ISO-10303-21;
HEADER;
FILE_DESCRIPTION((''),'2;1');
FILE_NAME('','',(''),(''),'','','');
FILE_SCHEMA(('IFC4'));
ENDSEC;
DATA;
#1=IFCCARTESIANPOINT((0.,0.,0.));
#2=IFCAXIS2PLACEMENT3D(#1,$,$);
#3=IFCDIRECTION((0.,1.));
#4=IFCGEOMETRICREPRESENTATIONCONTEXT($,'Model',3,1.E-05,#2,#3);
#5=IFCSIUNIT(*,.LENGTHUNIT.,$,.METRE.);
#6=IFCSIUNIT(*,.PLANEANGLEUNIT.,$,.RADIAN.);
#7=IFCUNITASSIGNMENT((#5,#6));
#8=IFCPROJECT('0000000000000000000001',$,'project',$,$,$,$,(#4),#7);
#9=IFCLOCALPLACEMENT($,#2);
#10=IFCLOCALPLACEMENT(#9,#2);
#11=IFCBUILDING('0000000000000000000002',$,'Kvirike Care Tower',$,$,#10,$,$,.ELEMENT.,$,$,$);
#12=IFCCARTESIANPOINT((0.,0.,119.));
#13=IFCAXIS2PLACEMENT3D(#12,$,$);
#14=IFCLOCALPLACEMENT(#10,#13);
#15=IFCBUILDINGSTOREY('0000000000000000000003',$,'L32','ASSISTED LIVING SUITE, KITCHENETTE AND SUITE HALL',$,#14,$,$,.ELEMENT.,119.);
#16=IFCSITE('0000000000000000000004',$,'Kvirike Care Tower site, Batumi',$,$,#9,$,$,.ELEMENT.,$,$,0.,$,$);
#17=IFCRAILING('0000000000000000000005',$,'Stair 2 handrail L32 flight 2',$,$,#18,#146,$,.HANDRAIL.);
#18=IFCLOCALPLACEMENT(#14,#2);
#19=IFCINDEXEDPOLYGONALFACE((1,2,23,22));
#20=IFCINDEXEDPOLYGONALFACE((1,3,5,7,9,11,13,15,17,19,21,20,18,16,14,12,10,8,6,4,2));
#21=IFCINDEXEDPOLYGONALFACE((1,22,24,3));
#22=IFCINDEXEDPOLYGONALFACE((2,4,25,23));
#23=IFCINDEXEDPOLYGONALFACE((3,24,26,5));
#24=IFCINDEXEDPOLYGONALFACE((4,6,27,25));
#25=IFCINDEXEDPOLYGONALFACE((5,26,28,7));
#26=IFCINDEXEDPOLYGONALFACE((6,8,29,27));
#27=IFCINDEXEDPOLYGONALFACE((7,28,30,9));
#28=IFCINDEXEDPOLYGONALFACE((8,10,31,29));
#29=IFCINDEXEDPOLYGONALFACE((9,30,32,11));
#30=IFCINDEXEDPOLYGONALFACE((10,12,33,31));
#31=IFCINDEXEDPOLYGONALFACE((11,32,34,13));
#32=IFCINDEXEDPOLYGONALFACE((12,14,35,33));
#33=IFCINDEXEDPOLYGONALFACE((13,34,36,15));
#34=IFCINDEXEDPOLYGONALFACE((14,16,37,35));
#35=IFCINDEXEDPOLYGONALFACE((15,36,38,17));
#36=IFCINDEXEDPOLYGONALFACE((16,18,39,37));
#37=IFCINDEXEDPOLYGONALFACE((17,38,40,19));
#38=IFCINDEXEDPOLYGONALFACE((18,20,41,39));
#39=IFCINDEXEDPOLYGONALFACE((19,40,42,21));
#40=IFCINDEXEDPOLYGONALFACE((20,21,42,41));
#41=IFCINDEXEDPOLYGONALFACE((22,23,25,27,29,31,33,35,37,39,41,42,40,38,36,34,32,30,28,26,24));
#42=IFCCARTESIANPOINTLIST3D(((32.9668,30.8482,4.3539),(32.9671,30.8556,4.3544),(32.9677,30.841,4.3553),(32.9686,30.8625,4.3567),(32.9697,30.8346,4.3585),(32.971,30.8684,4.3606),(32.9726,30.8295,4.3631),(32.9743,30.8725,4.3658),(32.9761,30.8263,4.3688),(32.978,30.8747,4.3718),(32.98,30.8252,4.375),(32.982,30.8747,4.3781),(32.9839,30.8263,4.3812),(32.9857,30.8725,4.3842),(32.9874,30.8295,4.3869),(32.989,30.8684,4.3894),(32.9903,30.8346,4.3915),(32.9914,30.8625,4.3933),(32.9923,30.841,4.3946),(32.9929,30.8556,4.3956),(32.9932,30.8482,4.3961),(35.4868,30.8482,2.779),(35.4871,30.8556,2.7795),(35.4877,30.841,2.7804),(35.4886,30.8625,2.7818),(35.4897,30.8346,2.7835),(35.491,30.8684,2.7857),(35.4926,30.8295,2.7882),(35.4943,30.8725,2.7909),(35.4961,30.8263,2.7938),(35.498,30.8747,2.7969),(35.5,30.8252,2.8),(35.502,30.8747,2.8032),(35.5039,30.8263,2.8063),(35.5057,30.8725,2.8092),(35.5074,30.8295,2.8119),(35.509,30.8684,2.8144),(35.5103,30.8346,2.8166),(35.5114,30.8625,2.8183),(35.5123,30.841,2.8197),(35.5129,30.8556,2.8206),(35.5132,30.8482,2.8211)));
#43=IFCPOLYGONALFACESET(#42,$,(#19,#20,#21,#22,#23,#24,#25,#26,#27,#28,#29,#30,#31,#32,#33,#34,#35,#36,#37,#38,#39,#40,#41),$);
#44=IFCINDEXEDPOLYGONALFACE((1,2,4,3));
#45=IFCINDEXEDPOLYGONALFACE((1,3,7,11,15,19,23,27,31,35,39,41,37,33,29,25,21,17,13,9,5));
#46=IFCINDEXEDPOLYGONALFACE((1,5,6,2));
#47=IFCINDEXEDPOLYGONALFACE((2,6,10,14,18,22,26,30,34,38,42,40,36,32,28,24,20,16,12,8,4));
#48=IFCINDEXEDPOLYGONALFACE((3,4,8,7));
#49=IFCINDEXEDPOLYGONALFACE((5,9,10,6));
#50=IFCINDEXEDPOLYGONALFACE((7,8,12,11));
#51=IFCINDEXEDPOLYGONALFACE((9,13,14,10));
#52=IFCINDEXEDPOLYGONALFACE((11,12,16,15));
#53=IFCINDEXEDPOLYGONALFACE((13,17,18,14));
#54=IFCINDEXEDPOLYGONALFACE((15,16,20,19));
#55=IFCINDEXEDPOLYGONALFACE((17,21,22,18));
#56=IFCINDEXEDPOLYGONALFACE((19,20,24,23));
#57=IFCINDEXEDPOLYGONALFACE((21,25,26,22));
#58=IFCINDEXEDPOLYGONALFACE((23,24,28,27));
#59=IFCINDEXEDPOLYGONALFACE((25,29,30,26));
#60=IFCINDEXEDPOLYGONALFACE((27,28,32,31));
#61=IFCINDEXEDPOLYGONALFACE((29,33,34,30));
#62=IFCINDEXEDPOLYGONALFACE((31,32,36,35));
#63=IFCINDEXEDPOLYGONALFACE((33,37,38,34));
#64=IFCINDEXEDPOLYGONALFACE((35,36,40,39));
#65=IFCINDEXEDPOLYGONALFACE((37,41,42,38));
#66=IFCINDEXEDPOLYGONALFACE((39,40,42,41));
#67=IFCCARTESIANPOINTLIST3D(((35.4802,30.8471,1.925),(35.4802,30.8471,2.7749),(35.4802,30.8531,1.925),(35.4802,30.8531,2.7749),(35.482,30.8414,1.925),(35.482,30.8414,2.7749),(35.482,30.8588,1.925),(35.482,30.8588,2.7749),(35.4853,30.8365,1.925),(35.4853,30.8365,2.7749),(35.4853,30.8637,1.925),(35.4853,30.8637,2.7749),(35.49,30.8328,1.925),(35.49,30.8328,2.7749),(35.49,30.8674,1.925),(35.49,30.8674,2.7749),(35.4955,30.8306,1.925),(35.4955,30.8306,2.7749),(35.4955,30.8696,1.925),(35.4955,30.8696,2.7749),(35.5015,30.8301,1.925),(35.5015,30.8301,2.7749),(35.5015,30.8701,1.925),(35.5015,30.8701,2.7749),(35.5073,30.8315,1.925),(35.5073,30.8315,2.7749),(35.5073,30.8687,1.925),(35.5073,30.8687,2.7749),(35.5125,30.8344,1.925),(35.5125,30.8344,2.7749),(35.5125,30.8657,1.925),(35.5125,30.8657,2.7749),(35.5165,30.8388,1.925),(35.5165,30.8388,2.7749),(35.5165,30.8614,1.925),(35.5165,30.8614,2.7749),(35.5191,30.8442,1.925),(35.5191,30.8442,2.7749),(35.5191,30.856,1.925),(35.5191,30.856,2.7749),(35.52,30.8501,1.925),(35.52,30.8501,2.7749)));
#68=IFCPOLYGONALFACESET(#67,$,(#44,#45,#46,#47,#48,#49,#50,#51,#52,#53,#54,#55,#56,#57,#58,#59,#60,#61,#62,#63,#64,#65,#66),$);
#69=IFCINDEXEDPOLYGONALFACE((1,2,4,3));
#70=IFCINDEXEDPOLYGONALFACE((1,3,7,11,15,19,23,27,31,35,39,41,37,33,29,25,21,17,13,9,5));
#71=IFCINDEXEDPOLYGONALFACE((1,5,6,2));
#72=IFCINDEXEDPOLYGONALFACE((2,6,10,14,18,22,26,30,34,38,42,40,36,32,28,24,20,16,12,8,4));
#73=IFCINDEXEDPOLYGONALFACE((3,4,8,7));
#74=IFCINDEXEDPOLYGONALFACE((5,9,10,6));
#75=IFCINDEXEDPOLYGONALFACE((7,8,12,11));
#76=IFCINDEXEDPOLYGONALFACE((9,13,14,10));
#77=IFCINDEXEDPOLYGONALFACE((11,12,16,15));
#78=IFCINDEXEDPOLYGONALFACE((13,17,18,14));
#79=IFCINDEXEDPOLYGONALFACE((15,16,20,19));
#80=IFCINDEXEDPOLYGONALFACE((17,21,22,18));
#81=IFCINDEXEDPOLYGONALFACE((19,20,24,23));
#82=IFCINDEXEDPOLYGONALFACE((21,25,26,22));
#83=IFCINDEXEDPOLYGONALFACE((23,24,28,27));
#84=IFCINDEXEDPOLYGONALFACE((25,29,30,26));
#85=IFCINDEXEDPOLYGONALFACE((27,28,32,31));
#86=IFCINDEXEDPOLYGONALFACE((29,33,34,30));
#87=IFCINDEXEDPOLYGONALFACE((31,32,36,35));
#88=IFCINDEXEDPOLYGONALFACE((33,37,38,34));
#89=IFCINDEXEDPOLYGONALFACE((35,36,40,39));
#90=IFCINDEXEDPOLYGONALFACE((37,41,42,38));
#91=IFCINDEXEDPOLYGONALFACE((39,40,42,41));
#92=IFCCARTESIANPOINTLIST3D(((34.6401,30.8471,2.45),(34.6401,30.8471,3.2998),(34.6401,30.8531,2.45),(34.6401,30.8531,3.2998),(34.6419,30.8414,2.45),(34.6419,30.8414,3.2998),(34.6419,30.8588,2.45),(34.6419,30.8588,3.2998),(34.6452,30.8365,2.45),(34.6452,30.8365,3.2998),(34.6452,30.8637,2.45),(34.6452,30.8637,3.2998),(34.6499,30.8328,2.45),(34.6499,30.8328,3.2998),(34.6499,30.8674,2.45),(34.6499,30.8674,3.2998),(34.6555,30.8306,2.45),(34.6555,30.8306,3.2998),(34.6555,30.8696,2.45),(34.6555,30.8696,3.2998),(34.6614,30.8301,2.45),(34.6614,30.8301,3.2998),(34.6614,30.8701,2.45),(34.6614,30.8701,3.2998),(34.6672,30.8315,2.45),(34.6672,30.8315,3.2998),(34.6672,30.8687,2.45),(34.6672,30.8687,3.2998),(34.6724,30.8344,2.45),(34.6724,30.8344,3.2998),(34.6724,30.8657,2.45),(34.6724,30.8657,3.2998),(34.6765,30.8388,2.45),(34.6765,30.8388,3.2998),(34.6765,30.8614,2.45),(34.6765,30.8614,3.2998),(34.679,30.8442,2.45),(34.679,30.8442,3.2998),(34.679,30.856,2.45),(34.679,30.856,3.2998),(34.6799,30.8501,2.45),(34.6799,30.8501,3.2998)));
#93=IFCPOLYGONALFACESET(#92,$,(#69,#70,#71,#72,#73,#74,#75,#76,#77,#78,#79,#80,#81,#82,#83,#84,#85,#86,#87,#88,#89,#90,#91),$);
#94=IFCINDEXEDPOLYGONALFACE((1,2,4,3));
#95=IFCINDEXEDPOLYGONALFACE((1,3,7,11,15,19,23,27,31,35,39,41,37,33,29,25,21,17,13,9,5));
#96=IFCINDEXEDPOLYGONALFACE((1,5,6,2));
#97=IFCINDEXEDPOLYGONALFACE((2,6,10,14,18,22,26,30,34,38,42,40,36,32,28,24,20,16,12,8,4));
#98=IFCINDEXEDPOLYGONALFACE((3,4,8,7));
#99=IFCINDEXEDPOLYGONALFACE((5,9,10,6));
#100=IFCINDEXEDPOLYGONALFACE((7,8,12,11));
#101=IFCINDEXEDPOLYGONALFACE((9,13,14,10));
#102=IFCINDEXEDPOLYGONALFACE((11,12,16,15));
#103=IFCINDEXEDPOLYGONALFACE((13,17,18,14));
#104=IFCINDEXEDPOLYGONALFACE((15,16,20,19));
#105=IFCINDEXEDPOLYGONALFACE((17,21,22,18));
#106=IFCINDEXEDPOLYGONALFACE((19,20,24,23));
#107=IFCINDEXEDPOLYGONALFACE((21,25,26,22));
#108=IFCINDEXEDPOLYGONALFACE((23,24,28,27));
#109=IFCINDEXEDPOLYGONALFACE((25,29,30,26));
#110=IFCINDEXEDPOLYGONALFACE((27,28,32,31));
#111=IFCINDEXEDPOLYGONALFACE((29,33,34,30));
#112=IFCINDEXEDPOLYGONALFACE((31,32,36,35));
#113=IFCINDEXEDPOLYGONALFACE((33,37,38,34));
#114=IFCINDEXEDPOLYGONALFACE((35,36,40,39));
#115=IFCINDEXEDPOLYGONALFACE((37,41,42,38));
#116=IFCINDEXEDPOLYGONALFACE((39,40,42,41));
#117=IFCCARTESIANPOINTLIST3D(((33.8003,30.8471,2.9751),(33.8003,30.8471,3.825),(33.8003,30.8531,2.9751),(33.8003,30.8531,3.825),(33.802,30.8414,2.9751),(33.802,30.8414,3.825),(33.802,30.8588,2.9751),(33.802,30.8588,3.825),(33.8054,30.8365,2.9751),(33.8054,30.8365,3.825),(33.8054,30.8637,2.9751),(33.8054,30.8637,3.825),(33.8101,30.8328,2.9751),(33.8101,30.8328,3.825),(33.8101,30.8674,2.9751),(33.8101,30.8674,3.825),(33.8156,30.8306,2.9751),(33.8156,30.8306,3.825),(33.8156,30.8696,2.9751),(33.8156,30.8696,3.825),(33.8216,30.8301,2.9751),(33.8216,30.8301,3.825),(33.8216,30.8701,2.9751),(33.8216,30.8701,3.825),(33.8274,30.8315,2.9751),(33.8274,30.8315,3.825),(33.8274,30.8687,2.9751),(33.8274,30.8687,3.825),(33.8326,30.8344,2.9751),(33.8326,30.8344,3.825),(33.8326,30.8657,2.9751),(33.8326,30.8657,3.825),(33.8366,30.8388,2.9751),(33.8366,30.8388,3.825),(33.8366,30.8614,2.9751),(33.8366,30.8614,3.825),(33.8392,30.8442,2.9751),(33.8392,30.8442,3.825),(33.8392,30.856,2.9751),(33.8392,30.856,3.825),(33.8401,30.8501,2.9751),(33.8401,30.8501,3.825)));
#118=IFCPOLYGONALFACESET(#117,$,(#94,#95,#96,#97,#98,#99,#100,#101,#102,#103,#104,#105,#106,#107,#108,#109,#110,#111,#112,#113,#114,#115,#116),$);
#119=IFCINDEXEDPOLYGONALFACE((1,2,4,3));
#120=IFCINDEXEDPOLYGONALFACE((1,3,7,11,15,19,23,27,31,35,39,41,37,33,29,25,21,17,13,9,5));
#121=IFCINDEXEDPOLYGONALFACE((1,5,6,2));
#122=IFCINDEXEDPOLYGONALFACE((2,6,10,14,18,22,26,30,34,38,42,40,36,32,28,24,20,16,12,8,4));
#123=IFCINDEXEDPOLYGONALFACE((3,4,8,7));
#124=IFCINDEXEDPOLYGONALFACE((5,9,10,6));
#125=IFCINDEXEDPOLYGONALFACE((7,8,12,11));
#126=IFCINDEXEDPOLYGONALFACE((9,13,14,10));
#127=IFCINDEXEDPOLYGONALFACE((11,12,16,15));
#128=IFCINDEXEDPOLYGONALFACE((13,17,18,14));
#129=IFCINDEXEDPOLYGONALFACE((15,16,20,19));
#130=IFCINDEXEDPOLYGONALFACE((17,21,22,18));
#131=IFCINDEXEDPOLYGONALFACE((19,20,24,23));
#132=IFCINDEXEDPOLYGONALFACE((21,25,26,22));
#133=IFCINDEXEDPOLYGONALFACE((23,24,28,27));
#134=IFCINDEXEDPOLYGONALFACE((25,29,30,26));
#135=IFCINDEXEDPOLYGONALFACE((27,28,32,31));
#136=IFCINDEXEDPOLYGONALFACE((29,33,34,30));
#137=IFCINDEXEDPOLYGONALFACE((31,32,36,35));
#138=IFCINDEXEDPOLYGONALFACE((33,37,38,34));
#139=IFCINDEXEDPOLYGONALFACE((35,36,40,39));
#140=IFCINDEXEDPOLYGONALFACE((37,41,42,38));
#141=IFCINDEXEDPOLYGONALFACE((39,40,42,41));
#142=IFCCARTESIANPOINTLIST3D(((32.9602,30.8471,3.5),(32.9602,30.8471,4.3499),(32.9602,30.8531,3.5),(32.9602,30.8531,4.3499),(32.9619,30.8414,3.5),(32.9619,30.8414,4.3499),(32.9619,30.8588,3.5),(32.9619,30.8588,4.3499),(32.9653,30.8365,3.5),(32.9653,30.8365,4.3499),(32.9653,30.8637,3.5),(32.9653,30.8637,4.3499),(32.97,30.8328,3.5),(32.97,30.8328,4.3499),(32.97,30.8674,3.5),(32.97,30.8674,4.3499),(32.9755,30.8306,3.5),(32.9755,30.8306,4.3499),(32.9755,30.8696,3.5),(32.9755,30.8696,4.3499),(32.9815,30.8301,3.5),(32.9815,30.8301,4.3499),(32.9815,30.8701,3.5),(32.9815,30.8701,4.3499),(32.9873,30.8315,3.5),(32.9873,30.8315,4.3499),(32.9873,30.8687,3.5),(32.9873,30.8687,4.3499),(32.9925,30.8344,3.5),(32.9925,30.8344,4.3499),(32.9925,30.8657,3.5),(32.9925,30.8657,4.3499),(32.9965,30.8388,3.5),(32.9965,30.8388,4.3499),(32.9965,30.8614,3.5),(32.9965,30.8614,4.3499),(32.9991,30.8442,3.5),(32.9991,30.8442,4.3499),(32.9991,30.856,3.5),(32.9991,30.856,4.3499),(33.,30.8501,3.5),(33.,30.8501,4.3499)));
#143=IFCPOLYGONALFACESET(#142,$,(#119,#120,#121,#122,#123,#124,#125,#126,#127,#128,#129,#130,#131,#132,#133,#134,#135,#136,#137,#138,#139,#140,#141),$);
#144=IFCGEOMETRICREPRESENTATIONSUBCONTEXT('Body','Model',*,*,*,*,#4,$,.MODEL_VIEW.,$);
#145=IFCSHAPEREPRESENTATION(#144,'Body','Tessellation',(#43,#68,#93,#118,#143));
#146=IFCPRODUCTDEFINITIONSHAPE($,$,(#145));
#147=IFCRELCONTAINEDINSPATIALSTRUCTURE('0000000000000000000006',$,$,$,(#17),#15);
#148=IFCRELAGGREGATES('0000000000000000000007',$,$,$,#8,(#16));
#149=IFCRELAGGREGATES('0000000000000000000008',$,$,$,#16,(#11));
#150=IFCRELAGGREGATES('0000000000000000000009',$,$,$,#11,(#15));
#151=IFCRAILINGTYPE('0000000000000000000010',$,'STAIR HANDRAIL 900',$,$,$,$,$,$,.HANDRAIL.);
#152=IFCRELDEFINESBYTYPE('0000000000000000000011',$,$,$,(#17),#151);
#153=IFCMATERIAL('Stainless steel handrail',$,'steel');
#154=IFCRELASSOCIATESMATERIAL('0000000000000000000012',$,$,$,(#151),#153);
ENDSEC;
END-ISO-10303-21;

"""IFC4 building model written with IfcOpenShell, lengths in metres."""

from ifc_helpers import new_model, si_unit, direction, frame, origin, origin_2d, place, context, subcontext, project, spatial, circle, extrude, material, type_object, element, save


model = new_model("IFC4")

# Units and contexts
model_context = context("Model", 3, precision=1e-05, world=origin(), true_north=direction((0.0, 1.0)))
body_context = subcontext(model_context, "Body", "Model", "MODEL_VIEW")
ifc_project = project(units=[si_unit("LENGTHUNIT", "METRE"), si_unit("PLANEANGLEUNIT", "RADIAN")], contexts=[model_context])

# Site, building, storey
site_placement = place(None, origin())
site = spatial("IfcSite", under=ifc_project, at=site_placement, Name="Kvirike Care Tower site, Batumi", CompositionType="ELEMENT", RefElevation=0.0)
building_placement = place(site_placement, origin())
building = spatial("IfcBuilding", under=site, at=building_placement, Name="Kvirike Care Tower", CompositionType="ELEMENT")
storey_placement = place(building_placement, frame((0.0, 0.0, 119.0)))
storey = spatial("IfcBuildingStorey", under=building, at=storey_placement, Name="L32", Description="ASSISTED LIVING SUITE, KITCHENETTE AND SUITE HALL", CompositionType="ELEMENT", Elevation=119.0)

# Railing
ifc_material_1 = material(Name="Stainless steel handrail", Category="steel")
railing_type = type_object("IfcRailingType", Name="STAIR HANDRAIL 900", PredefinedType="HANDRAIL", material=ifc_material_1)
railing_1_placement = place(storey_placement, frame((35.5, 30.8501, 1.925)))
element("IfcRailing", 1, at=railing_1_placement, inside=storey, type_object=railing_type, Name="Stair 2 handrail L32 flight 2", PredefinedType="HANDRAIL", context=body_context, shape_type="SweptSolid", body=[
    extrude(circle(Radius=0.0249, at=origin_2d()), frame((0.0, 0.0, 0.875), z_axis=(-0.848008, 0.0, 0.529984), x_axis=(0.0, -1.0, 0.0)), (0.0, 0.0, 1.0), 2.9717),
    extrude(circle(Radius=0.02, at=origin_2d()), origin(), (0.0, 0.0, 1.0), 0.8499),
    extrude(circle(Radius=0.02, at=origin_2d()), frame((-0.8401, 0.0, 0.5249)), (0.0, 0.0, 1.0), 0.8499),
    extrude(circle(Radius=0.02, at=origin_2d()), frame((-1.6799, 0.0, 1.05)), (0.0, 0.0, 1.0), 0.8499),
    extrude(circle(Radius=0.02, at=origin_2d()), frame((-2.52, 0.0, 1.575)), (0.0, 0.0, 1.0), 0.8499),
])

save(model, "model.ifc")
